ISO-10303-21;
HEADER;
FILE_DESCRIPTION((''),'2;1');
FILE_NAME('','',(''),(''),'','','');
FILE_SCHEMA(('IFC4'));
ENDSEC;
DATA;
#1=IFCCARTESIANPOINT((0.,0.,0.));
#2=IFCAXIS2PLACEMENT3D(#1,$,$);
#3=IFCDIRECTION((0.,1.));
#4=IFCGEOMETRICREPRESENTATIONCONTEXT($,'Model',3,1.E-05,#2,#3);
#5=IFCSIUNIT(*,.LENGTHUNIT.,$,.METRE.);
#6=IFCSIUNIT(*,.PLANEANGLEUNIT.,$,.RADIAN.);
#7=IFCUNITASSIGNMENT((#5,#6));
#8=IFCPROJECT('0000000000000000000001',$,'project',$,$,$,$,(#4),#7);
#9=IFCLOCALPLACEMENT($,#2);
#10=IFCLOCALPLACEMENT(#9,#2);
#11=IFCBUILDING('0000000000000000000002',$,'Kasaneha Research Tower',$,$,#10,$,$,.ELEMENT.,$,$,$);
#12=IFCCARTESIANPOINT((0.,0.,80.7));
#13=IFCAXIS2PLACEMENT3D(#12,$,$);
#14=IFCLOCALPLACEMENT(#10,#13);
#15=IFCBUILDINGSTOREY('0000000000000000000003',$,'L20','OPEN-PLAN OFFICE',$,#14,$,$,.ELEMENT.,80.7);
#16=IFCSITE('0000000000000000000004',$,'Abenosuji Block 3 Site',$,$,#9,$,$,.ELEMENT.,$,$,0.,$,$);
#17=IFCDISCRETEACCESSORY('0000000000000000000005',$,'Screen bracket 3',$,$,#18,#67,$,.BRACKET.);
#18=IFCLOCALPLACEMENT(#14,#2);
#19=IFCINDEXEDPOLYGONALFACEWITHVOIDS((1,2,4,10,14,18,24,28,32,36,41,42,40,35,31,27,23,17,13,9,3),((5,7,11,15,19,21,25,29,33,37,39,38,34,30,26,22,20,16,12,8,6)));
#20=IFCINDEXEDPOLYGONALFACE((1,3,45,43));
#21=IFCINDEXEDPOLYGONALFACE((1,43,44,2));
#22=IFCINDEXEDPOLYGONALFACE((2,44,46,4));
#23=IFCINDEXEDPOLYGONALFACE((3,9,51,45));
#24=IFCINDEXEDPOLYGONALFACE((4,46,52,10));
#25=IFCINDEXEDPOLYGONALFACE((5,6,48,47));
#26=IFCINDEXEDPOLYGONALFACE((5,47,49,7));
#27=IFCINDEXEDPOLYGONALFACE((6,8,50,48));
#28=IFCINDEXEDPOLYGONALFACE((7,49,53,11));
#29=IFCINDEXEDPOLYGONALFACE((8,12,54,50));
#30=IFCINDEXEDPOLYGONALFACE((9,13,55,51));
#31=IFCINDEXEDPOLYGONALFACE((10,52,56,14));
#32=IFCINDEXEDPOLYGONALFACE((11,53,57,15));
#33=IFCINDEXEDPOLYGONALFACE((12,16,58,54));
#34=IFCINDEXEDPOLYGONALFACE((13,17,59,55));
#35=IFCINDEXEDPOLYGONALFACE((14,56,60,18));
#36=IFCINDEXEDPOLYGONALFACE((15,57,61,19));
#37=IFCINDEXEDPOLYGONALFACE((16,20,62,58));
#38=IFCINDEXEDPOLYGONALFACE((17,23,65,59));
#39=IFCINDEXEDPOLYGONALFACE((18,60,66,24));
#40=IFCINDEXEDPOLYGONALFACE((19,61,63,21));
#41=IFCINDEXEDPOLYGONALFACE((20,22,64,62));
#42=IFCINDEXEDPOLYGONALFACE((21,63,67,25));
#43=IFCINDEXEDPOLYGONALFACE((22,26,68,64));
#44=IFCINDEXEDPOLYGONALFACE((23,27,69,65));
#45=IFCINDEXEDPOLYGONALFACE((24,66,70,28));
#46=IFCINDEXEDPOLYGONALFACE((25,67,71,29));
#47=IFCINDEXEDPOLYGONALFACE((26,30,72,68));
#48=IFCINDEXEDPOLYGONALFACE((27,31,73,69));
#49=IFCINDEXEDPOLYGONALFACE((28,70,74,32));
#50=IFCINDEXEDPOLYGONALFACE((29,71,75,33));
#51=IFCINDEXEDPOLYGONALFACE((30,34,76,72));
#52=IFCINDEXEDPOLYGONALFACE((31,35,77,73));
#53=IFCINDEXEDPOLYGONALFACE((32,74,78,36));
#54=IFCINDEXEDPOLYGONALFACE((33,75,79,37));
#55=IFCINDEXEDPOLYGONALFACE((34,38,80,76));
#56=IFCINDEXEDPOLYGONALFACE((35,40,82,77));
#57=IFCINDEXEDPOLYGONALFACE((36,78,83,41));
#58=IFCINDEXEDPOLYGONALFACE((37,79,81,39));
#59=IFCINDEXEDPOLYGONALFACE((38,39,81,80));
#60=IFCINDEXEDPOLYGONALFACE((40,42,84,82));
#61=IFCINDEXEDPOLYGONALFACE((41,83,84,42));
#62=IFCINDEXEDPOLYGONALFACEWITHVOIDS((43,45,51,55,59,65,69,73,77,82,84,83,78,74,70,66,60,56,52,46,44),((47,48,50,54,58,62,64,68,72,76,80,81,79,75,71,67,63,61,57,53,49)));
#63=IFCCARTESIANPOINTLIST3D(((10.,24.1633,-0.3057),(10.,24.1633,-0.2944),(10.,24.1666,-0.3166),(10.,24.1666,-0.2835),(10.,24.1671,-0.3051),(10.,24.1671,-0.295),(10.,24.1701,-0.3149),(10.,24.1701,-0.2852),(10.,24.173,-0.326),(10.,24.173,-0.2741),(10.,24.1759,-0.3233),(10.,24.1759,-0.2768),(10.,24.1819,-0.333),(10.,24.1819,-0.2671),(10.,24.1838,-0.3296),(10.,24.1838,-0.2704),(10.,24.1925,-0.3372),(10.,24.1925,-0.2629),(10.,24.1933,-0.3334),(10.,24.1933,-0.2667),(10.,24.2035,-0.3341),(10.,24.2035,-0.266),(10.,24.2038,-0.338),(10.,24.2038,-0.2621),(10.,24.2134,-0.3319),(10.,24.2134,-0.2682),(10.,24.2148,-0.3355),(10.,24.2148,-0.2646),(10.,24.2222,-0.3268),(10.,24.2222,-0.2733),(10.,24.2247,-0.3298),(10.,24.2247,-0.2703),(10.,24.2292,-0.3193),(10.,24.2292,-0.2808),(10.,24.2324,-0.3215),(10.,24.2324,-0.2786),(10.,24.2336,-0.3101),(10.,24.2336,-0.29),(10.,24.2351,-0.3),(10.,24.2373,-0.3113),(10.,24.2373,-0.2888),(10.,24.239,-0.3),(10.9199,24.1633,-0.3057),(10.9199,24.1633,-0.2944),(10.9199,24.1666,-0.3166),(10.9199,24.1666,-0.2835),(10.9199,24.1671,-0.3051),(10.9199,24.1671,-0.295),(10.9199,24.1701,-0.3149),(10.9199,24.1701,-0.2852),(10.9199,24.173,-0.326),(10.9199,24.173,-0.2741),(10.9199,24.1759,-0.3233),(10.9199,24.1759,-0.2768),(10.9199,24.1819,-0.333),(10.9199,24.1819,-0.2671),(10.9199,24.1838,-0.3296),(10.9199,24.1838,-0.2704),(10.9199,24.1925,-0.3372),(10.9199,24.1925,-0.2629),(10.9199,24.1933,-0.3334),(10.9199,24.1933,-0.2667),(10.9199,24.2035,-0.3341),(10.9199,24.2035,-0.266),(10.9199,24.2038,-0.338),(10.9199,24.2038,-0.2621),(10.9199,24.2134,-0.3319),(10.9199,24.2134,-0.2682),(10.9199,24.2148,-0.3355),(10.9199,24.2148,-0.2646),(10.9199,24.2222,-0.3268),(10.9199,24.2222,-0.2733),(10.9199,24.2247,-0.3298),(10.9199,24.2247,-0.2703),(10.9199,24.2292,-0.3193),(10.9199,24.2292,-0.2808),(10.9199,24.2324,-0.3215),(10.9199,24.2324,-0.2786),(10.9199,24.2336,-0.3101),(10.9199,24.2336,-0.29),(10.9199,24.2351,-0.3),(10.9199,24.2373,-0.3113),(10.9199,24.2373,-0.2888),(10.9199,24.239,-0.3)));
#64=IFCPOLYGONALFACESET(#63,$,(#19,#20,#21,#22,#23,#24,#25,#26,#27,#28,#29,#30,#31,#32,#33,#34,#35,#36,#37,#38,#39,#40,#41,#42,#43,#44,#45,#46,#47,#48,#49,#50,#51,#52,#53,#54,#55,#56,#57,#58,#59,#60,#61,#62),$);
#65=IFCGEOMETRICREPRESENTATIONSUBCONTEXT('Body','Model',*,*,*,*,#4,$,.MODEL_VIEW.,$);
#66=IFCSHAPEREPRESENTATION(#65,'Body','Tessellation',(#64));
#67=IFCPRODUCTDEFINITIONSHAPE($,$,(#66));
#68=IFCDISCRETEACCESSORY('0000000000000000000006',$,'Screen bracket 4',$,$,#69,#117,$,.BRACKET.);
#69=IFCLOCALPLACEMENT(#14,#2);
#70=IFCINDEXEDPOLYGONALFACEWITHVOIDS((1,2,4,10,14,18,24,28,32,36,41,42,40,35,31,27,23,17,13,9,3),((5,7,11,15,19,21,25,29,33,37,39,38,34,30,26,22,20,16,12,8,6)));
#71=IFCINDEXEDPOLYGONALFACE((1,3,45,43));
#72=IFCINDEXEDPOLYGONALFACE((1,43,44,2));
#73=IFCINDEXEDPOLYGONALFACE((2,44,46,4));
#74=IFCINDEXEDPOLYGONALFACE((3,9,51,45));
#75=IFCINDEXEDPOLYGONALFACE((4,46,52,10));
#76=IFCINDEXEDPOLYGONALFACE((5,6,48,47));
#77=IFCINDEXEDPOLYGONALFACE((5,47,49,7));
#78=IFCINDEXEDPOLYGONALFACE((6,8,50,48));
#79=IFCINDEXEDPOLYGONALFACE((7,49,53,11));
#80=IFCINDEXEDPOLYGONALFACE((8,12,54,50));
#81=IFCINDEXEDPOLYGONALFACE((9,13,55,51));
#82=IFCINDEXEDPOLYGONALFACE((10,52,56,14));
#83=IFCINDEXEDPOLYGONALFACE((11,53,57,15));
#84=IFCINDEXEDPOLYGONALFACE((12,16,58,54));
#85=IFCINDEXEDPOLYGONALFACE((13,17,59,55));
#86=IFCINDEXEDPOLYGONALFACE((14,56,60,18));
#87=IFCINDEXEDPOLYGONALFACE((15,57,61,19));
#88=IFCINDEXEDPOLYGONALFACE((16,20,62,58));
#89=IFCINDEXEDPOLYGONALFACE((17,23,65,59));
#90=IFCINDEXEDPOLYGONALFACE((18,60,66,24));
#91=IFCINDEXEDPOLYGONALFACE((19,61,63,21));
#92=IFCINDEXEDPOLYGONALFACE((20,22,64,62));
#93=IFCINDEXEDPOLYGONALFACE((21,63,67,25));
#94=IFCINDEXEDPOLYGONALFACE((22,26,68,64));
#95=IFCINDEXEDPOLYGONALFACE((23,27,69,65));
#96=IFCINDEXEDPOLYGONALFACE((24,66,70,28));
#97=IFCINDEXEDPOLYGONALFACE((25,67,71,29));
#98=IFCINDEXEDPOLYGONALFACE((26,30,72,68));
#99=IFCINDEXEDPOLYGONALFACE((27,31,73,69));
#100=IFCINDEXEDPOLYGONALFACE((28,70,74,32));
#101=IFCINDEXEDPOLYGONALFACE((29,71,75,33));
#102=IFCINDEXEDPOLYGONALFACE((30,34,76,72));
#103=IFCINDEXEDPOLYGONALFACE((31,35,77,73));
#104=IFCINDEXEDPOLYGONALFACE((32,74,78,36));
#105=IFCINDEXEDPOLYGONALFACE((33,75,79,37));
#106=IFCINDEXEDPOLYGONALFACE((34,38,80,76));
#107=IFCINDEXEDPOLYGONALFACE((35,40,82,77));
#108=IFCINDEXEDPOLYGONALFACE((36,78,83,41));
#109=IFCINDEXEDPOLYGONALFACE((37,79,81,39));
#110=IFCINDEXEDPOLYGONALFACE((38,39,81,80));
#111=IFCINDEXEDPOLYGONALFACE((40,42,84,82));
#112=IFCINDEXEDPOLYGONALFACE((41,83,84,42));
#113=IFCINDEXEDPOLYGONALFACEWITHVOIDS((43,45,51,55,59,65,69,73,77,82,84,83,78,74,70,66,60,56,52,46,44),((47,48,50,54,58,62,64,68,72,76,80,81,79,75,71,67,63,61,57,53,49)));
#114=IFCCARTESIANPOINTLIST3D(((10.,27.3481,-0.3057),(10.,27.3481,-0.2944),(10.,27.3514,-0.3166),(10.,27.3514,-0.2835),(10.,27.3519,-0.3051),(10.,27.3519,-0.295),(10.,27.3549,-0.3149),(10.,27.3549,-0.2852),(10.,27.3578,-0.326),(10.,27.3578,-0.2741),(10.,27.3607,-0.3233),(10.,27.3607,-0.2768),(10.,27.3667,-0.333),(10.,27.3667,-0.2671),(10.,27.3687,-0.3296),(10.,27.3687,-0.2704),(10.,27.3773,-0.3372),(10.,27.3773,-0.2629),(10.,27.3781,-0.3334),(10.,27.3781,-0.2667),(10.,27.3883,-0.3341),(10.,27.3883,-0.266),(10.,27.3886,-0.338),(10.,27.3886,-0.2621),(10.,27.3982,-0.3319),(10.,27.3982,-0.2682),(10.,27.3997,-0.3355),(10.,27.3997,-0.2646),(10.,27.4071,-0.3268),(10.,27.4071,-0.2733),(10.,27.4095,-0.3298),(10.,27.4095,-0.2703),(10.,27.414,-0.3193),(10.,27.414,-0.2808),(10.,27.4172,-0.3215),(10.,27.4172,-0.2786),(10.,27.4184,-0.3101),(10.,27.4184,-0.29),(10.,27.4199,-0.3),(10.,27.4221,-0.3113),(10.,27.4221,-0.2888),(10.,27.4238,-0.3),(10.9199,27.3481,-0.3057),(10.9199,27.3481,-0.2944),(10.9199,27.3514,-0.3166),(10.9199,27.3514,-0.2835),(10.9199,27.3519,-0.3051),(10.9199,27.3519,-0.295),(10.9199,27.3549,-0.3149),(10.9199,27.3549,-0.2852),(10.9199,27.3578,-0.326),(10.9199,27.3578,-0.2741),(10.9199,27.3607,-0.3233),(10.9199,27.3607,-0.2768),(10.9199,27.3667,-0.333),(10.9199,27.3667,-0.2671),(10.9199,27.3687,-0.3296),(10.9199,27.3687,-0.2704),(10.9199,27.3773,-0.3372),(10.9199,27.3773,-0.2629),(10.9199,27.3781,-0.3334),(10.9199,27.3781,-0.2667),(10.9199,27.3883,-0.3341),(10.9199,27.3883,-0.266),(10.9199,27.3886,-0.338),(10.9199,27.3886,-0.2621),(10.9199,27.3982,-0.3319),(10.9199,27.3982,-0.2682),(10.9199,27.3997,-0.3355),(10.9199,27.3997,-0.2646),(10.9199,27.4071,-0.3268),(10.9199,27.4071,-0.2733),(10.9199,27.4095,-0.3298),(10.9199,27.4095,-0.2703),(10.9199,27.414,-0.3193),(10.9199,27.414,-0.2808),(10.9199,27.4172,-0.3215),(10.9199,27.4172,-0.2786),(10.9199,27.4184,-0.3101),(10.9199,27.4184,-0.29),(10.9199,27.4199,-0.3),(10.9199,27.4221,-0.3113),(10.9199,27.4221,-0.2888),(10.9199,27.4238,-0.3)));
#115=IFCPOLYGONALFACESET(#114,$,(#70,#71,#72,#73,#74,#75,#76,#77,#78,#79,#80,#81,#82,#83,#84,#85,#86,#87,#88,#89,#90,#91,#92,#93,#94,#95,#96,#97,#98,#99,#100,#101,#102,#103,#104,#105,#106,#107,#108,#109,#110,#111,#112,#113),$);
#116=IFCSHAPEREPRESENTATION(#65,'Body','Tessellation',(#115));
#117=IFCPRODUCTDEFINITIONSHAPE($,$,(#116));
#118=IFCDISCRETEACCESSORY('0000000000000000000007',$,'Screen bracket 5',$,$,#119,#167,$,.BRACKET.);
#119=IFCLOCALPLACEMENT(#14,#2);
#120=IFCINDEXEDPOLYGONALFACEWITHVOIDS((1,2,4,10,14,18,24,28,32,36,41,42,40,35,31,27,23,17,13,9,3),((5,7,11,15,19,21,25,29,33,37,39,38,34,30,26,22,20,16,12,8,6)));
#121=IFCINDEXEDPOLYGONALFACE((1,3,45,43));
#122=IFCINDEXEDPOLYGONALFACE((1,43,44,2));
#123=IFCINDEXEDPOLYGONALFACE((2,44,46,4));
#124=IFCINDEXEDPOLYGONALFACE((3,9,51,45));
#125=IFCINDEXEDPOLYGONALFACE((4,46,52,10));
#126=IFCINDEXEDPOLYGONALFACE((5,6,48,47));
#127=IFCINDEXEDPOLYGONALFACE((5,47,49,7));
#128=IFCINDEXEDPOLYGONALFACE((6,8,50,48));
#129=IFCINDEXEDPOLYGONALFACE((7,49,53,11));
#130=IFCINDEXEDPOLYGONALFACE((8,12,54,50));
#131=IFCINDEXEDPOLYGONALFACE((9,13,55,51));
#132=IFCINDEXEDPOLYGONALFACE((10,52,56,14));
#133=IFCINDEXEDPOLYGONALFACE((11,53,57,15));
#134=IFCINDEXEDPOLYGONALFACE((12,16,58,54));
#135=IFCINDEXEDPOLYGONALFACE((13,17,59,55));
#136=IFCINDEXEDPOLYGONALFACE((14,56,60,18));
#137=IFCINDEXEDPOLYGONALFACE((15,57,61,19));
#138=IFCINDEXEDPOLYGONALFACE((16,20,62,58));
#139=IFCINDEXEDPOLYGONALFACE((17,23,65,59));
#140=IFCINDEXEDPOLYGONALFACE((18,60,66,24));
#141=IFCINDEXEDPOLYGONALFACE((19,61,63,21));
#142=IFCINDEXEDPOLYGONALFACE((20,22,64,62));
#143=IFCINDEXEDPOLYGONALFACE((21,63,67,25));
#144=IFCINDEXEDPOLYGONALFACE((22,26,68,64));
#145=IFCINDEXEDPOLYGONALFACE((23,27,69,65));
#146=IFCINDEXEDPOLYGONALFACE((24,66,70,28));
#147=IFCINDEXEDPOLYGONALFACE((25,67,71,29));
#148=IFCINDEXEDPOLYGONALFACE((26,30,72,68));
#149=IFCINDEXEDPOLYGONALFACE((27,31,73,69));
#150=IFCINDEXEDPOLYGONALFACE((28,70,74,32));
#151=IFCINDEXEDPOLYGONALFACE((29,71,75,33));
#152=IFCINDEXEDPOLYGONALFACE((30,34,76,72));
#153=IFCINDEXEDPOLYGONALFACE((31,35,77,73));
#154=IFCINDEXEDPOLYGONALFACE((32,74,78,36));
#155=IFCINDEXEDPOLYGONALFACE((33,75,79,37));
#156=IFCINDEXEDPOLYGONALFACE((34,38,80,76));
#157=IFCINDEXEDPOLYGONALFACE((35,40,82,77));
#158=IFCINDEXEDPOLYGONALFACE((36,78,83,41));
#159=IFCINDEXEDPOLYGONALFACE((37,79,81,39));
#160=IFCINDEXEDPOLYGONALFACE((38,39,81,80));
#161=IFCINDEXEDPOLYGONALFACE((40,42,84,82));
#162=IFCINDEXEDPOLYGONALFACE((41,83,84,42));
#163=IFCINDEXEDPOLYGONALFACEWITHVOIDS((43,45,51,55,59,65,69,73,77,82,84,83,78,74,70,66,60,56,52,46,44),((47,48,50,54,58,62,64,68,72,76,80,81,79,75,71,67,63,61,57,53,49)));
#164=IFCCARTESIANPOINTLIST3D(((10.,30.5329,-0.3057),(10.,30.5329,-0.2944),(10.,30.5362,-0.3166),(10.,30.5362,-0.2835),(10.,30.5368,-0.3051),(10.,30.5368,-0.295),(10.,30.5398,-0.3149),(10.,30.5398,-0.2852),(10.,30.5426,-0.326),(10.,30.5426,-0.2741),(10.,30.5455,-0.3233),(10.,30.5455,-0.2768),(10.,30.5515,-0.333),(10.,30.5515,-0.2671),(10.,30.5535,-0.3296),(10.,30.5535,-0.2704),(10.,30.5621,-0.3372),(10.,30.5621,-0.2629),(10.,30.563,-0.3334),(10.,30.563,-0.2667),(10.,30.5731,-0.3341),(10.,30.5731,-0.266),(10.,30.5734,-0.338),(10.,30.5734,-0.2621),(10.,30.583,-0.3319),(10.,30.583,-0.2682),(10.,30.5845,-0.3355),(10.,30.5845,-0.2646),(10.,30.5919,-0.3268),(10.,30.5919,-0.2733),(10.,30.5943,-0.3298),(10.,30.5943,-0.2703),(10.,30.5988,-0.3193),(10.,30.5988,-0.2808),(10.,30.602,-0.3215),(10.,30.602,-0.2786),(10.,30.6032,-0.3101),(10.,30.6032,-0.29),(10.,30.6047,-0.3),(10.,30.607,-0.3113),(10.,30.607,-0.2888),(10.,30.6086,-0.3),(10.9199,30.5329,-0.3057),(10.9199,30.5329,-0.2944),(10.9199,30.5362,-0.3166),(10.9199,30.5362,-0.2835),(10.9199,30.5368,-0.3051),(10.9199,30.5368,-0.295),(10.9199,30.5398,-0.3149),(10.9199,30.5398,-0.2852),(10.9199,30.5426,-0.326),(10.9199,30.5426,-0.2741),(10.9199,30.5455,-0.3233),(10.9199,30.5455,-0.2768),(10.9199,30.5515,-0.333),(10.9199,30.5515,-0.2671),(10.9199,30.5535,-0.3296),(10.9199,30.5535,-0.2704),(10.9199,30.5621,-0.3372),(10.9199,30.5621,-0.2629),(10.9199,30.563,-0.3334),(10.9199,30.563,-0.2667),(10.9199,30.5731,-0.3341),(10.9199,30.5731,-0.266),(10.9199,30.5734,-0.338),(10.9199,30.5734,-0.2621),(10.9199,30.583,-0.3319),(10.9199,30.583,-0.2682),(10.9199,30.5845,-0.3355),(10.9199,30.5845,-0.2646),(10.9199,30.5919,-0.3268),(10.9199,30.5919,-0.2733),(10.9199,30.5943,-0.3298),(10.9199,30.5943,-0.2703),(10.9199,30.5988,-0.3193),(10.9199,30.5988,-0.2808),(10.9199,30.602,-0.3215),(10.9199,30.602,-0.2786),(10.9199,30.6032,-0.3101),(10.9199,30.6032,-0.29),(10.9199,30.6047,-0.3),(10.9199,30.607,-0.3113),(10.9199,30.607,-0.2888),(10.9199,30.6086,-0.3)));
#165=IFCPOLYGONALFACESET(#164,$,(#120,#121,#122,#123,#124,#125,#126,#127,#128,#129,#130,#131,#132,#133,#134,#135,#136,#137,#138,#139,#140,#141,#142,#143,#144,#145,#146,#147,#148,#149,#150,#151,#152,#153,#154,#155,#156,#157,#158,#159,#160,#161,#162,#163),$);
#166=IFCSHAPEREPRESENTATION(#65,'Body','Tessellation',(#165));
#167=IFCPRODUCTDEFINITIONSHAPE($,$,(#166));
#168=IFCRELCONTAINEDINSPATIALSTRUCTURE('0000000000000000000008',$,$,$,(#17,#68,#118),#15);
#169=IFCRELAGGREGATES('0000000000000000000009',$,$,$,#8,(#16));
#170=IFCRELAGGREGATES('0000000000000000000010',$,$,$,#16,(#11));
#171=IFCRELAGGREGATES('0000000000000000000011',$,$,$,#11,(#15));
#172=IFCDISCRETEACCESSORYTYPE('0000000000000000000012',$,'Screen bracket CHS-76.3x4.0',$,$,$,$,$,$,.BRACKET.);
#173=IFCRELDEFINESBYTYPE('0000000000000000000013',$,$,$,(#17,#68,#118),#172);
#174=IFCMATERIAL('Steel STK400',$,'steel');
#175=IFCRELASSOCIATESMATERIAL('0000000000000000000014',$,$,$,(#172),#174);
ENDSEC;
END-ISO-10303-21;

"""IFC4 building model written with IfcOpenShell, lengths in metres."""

from ifc_helpers import new_model, si_unit, direction, frame, origin, origin_2d, place, context, subcontext, project, spatial, hollow_circle, extrude, material, material_profile, profile_set, type_object, element, save


model = new_model("IFC4")

# Units and contexts
model_context = context("Model", 3, precision=1e-05, world=origin(), true_north=direction((0.0, 1.0)))
body_context = subcontext(model_context, "Body", "Model", "MODEL_VIEW")
ifc_project = project(units=[si_unit("LENGTHUNIT", "METRE"), si_unit("PLANEANGLEUNIT", "RADIAN")], contexts=[model_context])

# Site, building, storey
site_placement = place(None, origin())
site = spatial("IfcSite", under=ifc_project, at=site_placement, Name="Abenosuji Block 3 Site", CompositionType="ELEMENT", RefElevation=0.0)
building_placement = place(site_placement, origin())
building = spatial("IfcBuilding", under=site, at=building_placement, Name="Kasaneha Research Tower", CompositionType="ELEMENT")
storey_placement = place(building_placement, frame((0.0, 0.0, 80.7)))
storey = spatial("IfcBuildingStorey", under=building, at=storey_placement, Name="L20", Description="OPEN-PLAN OFFICE", CompositionType="ELEMENT", Elevation=80.7)

# Discrete accessories
ifc_material_1 = material(Name="Steel STK400", Category="steel")
ifc_material_profile_1 = material_profile(ifc_material_1, hollow_circle(Radius=0.0381, WallThickness=0.0039, at=origin_2d()), Name="CHS-76.3x4.0")
ifc_profile_set_1 = profile_set([ifc_material_profile_1], Name="Steel STK400")
discrete_accessory_type = type_object("IfcDiscreteAccessoryType", Name="Screen bracket CHS-76.3x4.0", PredefinedType="BRACKET", material=ifc_profile_set_1)
for number, where, z_axis, x_axis, name in (
    (1, (10.0, 24.2009, -0.3), (1.0, 0.0, 0.0), (0.0, 1.0, 0.0), "Screen bracket 3"),
    (2, (10.0, 27.3857, -0.3), (1.0, 0.0, 0.0), (0.0, 1.0, 0.0), "Screen bracket 4"),
    (3, (10.0, 30.5706, -0.3), (1.0, 0.0, 0.0), (0.0, 1.0, 0.0), "Screen bracket 5"),
):
    element("IfcDiscreteAccessory", number, at=place(storey_placement, frame(where, z_axis=z_axis, x_axis=x_axis)), inside=storey, type_object=discrete_accessory_type, Name=name, PredefinedType="BRACKET", context=body_context, shape_type="SweptSolid", body=[
        extrude(hollow_circle(Radius=0.0381, WallThickness=0.0039, at=origin_2d()), origin(), (0.0, 0.0, 1.0), 0.9199),
    ])

save(model, "model.ifc")
